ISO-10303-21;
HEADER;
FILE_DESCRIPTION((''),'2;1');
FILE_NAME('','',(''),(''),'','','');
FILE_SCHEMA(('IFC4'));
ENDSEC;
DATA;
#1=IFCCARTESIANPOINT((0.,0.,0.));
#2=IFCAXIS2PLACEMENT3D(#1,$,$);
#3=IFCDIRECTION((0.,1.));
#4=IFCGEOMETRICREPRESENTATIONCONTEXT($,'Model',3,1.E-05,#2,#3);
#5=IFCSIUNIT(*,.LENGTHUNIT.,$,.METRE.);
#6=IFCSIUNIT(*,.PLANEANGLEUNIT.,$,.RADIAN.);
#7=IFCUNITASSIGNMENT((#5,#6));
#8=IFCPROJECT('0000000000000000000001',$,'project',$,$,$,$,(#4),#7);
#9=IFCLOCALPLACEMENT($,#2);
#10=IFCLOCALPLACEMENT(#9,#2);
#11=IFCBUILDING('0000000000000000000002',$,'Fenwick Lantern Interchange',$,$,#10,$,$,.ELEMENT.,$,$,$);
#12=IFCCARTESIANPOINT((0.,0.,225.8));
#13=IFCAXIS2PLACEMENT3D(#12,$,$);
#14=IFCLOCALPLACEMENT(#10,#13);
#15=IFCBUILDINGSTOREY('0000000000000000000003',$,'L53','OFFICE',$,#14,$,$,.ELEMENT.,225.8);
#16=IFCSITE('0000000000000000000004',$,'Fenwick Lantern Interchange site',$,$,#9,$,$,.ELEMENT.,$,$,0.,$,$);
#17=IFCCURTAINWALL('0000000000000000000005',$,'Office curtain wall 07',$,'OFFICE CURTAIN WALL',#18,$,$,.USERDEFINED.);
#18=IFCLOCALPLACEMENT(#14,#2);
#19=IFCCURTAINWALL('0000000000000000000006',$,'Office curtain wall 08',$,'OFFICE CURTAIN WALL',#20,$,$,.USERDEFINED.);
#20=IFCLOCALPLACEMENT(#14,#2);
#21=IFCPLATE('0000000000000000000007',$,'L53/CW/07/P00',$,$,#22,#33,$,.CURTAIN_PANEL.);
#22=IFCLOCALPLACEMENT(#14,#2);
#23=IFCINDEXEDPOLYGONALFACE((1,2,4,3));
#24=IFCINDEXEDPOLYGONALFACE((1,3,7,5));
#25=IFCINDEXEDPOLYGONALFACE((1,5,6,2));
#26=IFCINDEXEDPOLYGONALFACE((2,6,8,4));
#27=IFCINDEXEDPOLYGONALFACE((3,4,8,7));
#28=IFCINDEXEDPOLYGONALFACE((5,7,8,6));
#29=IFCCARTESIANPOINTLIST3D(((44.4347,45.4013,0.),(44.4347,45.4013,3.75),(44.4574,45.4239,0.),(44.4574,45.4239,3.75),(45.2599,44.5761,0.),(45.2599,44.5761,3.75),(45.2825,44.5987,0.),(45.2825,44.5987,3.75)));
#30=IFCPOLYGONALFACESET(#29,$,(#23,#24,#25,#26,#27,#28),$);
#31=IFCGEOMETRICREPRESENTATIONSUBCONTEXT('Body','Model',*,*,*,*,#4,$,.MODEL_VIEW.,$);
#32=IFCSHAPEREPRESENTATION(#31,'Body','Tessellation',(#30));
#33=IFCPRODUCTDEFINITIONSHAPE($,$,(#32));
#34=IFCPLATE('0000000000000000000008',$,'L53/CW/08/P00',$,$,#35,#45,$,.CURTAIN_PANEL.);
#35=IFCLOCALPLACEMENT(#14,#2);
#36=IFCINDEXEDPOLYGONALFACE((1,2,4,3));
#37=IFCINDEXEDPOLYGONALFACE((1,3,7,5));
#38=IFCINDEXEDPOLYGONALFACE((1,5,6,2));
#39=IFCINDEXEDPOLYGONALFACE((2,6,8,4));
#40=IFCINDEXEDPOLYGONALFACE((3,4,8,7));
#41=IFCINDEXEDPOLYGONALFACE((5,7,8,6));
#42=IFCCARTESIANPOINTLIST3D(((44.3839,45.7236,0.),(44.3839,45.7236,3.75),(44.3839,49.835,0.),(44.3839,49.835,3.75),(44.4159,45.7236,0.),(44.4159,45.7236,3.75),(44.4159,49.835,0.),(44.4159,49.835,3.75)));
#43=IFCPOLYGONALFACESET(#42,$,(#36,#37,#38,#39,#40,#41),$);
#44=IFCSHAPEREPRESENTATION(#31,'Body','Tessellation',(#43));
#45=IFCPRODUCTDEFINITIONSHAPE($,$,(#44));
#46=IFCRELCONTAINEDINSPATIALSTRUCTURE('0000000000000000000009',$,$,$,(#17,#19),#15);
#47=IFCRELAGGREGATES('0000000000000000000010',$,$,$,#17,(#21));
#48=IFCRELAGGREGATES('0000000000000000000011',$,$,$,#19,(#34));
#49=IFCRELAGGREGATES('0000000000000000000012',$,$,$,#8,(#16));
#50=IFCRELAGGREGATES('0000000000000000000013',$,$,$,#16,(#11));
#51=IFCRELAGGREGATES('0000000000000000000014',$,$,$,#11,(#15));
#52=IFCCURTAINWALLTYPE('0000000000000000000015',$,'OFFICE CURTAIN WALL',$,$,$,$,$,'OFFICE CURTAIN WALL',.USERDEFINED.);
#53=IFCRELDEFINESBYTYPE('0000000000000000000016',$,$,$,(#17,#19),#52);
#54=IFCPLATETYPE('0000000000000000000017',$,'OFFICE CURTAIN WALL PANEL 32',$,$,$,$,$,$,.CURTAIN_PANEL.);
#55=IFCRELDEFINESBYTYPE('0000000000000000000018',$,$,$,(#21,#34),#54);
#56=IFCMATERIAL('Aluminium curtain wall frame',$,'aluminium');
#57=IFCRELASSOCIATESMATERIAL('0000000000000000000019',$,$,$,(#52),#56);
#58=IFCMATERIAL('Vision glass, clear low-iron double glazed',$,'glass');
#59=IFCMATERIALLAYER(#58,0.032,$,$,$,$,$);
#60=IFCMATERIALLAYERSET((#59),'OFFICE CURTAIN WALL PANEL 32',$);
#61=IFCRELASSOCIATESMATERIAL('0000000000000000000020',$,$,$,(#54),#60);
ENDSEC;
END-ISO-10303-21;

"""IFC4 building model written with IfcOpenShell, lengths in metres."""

from ifc_helpers import new_model, si_unit, direction, frame, origin, origin_2d, place, context, subcontext, project, spatial, rectangle, extrude, material, layer, layer_set, type_object, element, aggregate, save


model = new_model("IFC4")

# Units and contexts
model_context = context("Model", 3, precision=1e-05, world=origin(), true_north=direction((0.0, 1.0)))
body_context = subcontext(model_context, "Body", "Model", "MODEL_VIEW")
ifc_project = project(units=[si_unit("LENGTHUNIT", "METRE"), si_unit("PLANEANGLEUNIT", "RADIAN")], contexts=[model_context])

# Site, building, storey
site_placement = place(None, origin())
site = spatial("IfcSite", under=ifc_project, at=site_placement, Name="Fenwick Lantern Interchange site", CompositionType="ELEMENT", RefElevation=0.0)
building_placement = place(site_placement, origin())
building = spatial("IfcBuilding", under=site, at=building_placement, Name="Fenwick Lantern Interchange", CompositionType="ELEMENT")
storey_placement = place(building_placement, frame((0.0, 0.0, 225.8)))
storey = spatial("IfcBuildingStorey", under=building, at=storey_placement, Name="L53", Description="OFFICE", CompositionType="ELEMENT", Elevation=225.8)

# Shared definitions
ifc_material_1 = material(Name="Aluminium curtain wall frame", Category="aluminium")
curtain_wall_type = type_object("IfcCurtainWallType", Name="OFFICE CURTAIN WALL", ElementType="OFFICE CURTAIN WALL", PredefinedType="USERDEFINED", material=ifc_material_1)

# Curtain walls
curtain_wall_1_placement = place(storey_placement, origin())
curtain_wall_1 = element("IfcCurtainWall", 1, at=curtain_wall_1_placement, inside=storey, type_object=curtain_wall_type, Name="Office curtain wall 07", ObjectType="OFFICE CURTAIN WALL", PredefinedType="USERDEFINED")
curtain_wall_2_placement = place(storey_placement, origin())
curtain_wall_2 = element("IfcCurtainWall", 2, at=curtain_wall_2_placement, inside=storey, type_object=curtain_wall_type, Name="Office curtain wall 08", ObjectType="OFFICE CURTAIN WALL", PredefinedType="USERDEFINED")

# Plates
ifc_material_2 = material(Name="Vision glass, clear low-iron double glazed", Category="glass")
ifc_layer_1 = layer(ifc_material_2, 0.032)
ifc_layer_set_1 = layer_set([ifc_layer_1], Name="OFFICE CURTAIN WALL PANEL 32")
plate_type = type_object("IfcPlateType", Name="OFFICE CURTAIN WALL PANEL 32", PredefinedType="CURTAIN_PANEL", material=ifc_layer_set_1)
plate_1_placement = place(storey_placement, frame((44.8586, 45.0, 0.0), z_axis=(0.0, 0.0, 1.0), x_axis=(-0.707107, 0.707107, 0.0)))
plate_1 = element("IfcPlate", 3, at=plate_1_placement, type_object=plate_type, Name="L53/CW/07/P00", PredefinedType="CURTAIN_PANEL", context=body_context, shape_type="SweptSolid", body=[
    extrude(rectangle(XDim=1.167, YDim=0.032, at=origin_2d()), origin(), (0.0, 0.0, 1.0), 3.75),
])
aggregate(curtain_wall_1, [plate_1])
plate_2_placement = place(storey_placement, frame((44.3999, 47.7793, 0.0), z_axis=(0.0, 0.0, 1.0), x_axis=(0.0, 1.0, 0.0)))
plate_2 = element("IfcPlate", 4, at=plate_2_placement, type_object=plate_type, Name="L53/CW/08/P00", PredefinedType="CURTAIN_PANEL", context=body_context, shape_type="SweptSolid", body=[
    extrude(rectangle(XDim=4.1113, YDim=0.032, at=origin_2d()), origin(), (0.0, 0.0, 1.0), 3.75),
])
aggregate(curtain_wall_2, [plate_2])

save(model, "model.ifc")
